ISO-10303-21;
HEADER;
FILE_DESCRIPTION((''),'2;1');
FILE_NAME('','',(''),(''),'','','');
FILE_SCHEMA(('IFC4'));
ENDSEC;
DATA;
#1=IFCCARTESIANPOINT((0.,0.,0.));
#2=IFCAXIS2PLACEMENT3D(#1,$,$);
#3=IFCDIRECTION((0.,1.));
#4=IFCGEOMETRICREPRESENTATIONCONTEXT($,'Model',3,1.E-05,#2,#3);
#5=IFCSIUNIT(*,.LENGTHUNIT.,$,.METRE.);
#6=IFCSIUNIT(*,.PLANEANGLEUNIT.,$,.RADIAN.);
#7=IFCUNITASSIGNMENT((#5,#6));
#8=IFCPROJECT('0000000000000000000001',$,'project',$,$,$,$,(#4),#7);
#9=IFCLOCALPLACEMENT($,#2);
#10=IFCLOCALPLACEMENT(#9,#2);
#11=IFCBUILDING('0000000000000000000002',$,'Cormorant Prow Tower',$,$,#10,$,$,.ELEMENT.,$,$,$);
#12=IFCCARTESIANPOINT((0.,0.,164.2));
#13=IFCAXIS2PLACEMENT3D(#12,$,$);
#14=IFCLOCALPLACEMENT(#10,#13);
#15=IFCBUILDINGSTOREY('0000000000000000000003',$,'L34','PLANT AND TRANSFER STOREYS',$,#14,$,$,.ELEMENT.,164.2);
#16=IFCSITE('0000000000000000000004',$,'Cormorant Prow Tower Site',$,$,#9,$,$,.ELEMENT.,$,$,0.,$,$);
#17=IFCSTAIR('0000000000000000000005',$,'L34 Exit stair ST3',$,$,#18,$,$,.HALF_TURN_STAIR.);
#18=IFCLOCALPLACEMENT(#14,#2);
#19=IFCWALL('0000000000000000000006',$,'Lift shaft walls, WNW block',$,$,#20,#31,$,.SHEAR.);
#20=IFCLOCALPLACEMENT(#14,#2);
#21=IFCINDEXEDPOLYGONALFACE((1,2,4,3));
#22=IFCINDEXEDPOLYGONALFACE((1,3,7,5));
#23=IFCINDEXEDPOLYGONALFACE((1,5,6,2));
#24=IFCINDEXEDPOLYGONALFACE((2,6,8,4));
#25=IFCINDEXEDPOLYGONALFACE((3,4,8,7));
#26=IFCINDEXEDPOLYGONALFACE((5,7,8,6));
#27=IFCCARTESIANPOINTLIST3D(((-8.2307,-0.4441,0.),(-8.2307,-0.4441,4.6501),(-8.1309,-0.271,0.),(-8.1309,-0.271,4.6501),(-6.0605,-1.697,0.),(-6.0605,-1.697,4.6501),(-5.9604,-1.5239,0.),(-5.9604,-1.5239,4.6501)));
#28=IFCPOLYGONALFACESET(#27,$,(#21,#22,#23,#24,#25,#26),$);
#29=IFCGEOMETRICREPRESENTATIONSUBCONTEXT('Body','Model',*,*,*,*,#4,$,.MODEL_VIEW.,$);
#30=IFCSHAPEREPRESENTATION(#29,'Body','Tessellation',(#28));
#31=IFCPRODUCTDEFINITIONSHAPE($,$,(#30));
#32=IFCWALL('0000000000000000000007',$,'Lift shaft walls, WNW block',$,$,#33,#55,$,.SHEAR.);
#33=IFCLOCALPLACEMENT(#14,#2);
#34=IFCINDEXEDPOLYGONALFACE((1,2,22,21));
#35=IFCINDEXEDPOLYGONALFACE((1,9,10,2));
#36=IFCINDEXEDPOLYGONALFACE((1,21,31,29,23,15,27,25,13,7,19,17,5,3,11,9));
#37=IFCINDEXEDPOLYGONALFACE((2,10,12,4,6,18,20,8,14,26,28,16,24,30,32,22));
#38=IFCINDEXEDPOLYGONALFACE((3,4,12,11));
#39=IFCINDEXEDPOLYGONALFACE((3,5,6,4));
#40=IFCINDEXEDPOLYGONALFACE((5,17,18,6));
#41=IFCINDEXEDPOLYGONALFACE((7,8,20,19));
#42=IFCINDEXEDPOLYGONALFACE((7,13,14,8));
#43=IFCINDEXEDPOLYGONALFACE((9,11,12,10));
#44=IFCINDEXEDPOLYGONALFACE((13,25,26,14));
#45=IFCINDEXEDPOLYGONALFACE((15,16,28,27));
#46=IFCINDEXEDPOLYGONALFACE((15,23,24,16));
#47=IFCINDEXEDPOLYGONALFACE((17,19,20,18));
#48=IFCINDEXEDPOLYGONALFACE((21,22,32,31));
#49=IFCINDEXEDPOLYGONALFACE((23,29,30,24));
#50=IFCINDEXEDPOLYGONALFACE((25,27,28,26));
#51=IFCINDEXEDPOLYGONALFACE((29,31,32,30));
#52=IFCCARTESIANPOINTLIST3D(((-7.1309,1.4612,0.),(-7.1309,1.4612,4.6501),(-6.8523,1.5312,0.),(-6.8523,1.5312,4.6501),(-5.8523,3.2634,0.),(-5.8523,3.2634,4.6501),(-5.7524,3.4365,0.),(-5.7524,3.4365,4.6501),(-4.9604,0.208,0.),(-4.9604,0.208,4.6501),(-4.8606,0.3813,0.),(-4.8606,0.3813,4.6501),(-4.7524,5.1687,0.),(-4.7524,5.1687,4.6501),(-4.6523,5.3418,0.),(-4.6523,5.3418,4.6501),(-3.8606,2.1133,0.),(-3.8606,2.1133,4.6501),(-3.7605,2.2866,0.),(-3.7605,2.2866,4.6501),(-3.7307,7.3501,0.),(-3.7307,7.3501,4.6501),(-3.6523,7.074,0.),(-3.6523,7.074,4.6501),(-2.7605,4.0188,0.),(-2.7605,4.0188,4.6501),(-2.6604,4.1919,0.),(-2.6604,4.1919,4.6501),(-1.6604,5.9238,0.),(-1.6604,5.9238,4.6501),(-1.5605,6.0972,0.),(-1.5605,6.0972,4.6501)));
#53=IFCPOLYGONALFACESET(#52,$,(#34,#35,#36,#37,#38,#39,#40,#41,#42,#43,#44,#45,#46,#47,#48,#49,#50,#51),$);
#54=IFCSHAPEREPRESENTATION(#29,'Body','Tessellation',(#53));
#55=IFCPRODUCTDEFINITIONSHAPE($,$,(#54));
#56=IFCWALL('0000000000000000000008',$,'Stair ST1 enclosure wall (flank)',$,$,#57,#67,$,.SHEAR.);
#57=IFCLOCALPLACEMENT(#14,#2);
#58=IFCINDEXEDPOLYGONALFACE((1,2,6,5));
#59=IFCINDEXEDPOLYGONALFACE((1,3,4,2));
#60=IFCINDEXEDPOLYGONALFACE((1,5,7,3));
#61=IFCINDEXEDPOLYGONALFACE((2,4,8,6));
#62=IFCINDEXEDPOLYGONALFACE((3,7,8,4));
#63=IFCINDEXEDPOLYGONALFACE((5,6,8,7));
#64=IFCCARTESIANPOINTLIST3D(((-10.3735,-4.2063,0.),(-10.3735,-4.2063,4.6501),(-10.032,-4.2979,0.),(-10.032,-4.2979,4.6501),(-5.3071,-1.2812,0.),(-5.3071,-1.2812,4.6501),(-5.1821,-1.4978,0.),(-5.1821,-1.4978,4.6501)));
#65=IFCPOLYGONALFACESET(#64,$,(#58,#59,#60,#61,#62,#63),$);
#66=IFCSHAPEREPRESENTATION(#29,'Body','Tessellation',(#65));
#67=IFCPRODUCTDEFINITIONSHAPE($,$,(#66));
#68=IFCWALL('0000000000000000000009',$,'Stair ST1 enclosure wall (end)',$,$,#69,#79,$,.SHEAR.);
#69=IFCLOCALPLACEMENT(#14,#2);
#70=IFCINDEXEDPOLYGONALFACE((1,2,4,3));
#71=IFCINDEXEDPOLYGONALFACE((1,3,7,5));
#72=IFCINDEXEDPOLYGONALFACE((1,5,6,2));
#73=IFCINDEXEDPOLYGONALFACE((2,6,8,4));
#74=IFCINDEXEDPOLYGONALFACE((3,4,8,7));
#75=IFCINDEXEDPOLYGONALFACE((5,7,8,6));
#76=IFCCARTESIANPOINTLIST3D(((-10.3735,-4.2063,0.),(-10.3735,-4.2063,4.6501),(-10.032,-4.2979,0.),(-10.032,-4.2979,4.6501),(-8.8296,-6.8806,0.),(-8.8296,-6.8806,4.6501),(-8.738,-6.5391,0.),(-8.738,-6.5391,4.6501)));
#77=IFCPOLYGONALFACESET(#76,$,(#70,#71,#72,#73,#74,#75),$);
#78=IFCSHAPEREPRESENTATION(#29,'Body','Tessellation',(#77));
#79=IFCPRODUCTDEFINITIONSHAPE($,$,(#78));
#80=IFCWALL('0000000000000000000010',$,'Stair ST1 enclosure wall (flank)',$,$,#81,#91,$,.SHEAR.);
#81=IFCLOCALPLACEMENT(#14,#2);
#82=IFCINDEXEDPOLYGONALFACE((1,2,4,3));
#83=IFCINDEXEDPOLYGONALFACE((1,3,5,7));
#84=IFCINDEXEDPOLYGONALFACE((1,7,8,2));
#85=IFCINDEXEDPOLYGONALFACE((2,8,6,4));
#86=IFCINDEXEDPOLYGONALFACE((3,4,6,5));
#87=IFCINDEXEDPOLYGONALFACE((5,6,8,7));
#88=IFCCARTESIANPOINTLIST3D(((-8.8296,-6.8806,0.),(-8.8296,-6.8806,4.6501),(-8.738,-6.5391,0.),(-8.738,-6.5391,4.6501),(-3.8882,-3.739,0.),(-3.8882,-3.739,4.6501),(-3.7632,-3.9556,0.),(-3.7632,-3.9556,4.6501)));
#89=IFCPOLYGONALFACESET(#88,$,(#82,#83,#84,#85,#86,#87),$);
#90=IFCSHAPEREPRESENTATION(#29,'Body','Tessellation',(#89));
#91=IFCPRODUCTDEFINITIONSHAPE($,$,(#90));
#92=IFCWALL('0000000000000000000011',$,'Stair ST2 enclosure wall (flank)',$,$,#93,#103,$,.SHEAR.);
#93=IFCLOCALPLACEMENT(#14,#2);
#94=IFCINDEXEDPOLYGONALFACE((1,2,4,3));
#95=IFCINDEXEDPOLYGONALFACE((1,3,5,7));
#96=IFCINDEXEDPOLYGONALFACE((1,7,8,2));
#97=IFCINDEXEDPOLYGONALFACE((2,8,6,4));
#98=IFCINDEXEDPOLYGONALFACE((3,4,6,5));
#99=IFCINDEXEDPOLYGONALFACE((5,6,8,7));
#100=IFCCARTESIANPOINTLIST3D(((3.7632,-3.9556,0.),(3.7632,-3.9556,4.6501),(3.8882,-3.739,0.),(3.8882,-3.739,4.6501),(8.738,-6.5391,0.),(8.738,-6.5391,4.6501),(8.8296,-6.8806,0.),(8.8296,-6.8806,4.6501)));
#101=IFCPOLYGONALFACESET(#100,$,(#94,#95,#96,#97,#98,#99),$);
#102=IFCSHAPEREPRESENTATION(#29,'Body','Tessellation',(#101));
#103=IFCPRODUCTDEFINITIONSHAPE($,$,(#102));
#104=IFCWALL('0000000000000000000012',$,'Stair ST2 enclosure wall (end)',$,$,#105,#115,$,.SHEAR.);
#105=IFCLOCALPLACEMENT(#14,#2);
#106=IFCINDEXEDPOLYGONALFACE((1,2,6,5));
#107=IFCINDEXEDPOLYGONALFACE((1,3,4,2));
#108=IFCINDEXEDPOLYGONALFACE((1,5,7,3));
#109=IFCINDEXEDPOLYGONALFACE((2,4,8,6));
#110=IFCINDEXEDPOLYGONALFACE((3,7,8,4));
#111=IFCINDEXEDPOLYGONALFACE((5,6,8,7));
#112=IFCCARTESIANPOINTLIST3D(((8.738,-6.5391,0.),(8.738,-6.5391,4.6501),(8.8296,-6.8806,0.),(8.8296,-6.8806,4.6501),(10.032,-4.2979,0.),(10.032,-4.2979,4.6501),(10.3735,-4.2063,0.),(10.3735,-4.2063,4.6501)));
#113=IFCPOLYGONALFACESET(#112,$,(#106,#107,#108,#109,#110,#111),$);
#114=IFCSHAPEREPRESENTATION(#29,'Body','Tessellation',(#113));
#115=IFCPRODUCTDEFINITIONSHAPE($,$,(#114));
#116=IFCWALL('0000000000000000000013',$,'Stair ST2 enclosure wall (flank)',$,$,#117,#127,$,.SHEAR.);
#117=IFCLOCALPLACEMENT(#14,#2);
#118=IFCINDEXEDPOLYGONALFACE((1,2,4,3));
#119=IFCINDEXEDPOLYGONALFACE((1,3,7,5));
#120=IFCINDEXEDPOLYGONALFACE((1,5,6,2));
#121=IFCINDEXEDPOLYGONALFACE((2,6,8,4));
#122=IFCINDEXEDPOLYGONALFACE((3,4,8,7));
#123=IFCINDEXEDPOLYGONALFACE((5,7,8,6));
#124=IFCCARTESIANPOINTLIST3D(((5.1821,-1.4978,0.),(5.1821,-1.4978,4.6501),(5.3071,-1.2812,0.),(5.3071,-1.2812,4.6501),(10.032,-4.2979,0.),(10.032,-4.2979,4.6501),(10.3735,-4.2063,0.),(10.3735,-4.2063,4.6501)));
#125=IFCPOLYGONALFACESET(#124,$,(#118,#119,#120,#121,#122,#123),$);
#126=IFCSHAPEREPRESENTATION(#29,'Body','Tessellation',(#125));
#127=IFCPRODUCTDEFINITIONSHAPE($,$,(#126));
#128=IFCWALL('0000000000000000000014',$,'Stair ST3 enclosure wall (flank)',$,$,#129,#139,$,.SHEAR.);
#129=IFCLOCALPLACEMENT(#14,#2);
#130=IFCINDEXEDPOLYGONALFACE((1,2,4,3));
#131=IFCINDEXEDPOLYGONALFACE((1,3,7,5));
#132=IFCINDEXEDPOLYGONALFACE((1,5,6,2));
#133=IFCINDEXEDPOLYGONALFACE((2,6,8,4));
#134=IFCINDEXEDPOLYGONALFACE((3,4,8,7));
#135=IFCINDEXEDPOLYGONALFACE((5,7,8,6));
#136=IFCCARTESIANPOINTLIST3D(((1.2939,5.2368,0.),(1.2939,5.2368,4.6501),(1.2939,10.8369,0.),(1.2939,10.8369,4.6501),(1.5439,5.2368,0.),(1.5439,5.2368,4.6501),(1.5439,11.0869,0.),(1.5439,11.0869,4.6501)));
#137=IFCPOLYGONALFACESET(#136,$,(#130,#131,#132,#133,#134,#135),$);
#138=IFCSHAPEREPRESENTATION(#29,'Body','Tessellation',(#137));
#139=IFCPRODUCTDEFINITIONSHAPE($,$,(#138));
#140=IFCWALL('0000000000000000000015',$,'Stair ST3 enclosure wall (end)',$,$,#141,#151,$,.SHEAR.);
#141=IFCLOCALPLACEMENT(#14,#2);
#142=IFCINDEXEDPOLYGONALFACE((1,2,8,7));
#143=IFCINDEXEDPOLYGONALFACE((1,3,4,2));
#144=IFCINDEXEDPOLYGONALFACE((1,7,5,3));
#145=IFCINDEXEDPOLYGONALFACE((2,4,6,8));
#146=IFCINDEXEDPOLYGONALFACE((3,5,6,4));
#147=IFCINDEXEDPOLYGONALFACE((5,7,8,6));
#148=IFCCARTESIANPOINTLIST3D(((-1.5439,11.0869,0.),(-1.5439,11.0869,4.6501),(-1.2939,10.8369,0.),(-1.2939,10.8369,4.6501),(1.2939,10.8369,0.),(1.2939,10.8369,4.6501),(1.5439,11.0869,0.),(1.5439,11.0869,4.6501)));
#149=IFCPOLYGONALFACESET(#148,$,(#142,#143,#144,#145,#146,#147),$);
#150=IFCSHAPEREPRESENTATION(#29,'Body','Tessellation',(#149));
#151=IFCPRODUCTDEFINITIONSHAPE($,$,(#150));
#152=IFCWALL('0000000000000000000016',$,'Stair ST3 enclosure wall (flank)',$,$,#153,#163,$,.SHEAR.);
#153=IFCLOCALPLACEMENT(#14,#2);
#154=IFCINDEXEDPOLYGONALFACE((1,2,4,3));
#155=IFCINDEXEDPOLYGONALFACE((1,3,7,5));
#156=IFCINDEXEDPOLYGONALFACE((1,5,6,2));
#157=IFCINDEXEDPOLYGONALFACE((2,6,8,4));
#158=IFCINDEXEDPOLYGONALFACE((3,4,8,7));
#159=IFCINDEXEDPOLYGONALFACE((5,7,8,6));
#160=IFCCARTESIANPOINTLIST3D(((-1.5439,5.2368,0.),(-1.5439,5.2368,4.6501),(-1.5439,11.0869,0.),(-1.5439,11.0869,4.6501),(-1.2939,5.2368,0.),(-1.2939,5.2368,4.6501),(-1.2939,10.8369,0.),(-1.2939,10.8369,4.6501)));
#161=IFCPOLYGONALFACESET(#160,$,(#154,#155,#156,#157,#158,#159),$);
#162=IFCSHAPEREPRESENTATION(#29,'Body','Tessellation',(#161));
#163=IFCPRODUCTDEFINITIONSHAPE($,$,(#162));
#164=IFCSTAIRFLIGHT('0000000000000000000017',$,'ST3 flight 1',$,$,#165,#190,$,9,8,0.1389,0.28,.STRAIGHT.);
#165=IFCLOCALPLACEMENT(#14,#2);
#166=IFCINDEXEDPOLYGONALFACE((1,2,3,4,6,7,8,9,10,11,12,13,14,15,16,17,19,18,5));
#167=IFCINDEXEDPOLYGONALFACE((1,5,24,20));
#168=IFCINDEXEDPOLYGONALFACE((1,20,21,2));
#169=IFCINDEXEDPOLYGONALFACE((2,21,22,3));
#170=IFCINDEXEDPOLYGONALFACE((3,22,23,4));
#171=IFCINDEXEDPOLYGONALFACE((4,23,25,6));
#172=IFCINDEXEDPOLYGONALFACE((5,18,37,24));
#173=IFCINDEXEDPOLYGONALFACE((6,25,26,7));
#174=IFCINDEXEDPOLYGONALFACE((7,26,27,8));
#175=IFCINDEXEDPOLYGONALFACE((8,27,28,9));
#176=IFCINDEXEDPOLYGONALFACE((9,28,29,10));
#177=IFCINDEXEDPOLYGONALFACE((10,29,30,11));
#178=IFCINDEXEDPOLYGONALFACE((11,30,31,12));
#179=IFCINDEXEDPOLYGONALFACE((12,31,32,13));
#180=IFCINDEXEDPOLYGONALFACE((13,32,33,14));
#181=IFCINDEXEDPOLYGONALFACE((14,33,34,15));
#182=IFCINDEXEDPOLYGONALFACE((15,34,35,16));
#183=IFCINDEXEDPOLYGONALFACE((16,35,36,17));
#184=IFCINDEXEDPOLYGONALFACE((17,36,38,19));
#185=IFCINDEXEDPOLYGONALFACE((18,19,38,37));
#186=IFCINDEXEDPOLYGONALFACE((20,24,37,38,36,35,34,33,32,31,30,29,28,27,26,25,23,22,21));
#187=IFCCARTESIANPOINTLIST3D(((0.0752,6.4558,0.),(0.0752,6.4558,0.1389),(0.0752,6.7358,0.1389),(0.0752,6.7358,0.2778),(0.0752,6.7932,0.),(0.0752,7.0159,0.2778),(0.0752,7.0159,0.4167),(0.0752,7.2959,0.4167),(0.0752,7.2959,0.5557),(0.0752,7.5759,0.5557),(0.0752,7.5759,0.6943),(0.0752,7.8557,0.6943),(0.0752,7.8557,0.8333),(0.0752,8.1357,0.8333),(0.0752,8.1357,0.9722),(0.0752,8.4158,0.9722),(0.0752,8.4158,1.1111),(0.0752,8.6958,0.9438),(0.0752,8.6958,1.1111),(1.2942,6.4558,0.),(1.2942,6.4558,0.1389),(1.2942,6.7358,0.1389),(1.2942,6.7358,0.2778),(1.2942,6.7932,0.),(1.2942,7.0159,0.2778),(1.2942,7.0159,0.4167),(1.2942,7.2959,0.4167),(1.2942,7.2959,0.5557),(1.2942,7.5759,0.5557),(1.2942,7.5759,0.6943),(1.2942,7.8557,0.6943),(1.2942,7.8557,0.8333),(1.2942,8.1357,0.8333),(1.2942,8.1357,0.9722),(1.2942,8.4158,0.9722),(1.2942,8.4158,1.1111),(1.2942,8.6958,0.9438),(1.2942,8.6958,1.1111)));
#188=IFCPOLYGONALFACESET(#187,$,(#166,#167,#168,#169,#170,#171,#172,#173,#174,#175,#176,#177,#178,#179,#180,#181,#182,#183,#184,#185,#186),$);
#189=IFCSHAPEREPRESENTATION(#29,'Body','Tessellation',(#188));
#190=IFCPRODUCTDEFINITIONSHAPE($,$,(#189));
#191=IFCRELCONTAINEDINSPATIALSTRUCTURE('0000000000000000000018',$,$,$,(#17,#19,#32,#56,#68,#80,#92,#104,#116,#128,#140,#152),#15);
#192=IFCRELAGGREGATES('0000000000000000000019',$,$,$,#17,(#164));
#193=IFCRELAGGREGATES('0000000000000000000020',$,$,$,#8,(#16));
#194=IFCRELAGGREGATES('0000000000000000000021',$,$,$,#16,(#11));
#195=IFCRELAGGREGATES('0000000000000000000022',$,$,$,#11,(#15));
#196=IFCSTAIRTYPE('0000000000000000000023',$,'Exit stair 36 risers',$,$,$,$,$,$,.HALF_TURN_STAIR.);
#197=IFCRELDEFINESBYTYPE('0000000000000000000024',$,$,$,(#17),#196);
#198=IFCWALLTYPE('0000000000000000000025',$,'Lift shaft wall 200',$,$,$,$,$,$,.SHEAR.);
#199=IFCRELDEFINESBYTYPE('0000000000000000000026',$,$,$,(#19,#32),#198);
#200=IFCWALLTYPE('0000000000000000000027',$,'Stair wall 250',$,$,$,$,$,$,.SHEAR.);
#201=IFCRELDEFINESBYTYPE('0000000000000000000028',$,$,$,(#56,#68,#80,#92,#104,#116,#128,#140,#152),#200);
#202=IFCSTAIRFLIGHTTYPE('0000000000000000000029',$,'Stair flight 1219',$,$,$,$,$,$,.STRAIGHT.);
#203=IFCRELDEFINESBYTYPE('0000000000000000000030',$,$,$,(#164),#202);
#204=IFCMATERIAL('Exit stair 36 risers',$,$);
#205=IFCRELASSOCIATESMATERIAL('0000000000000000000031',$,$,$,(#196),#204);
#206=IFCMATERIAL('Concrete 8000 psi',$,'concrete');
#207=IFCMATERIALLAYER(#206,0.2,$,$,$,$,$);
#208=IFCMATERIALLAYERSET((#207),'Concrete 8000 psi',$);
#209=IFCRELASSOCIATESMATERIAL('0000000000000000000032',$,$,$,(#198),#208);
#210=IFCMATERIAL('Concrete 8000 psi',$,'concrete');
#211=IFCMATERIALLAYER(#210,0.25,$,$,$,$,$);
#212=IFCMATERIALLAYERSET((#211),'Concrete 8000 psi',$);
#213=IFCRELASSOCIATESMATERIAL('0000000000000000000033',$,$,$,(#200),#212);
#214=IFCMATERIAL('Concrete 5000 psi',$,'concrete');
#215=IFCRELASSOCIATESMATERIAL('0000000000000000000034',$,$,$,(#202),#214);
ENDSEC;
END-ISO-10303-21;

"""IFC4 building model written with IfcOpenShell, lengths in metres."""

from ifc_helpers import new_model, si_unit, direction, frame, origin, place, context, subcontext, project, spatial, polyline, outline, extrude, material, layer, layer_set, type_object, element, aggregate, save


model = new_model("IFC4")

# Units and contexts
model_context = context("Model", 3, precision=1e-05, world=origin(), true_north=direction((0.0, 1.0)))
body_context = subcontext(model_context, "Body", "Model", "MODEL_VIEW")
ifc_project = project(units=[si_unit("LENGTHUNIT", "METRE"), si_unit("PLANEANGLEUNIT", "RADIAN")], contexts=[model_context])

# Site, building, storey
site_placement = place(None, origin())
site = spatial("IfcSite", under=ifc_project, at=site_placement, Name="Cormorant Prow Tower Site", CompositionType="ELEMENT", RefElevation=0.0)
building_placement = place(site_placement, origin())
building = spatial("IfcBuilding", under=site, at=building_placement, Name="Cormorant Prow Tower", CompositionType="ELEMENT")
storey_placement = place(building_placement, frame((0.0, 0.0, 164.2)))
storey = spatial("IfcBuildingStorey", under=building, at=storey_placement, Name="L34", Description="PLANT AND TRANSFER STOREYS", CompositionType="ELEMENT", Elevation=164.2)

# Stair
ifc_material_1 = material(Name="Exit stair 36 risers")
stair_type = type_object("IfcStairType", Name="Exit stair 36 risers", PredefinedType="HALF_TURN_STAIR", material=ifc_material_1)
stair_1_placement = place(storey_placement, origin())
stair_1 = element("IfcStair", 1, at=stair_1_placement, inside=storey, type_object=stair_type, Name="L34 Exit stair ST3", PredefinedType="HALF_TURN_STAIR")

# Walls
ifc_material_2 = material(Name="Concrete 8000 psi", Category="concrete")
ifc_layer_1 = layer(ifc_material_2, 0.2)
ifc_layer_set_1 = layer_set([ifc_layer_1], Name="Concrete 8000 psi")
wall_type_1 = type_object("IfcWallType", Name="Lift shaft wall 200", PredefinedType="SHEAR", material=ifc_layer_set_1)
wall_1_placement = place(storey_placement, origin())
element("IfcWall", 2, at=wall_1_placement, inside=storey, type_object=wall_type_1, Name="Lift shaft walls, WNW block", PredefinedType="SHEAR", context=body_context, shape_type="SweptSolid", body=[
    extrude(outline(polyline([(-6.0605, -1.697), (-8.2307, -0.4441), (-8.1309, -0.271), (-5.9604, -1.5239), (-6.0605, -1.697)])), origin(), (0.0, 0.0, 1.0), 4.6501),
])
wall_2_placement = place(storey_placement, origin())
element("IfcWall", 3, at=wall_2_placement, inside=storey, type_object=wall_type_1, Name="Lift shaft walls, WNW block", PredefinedType="SHEAR", context=body_context, shape_type="SweptSolid", body=[
    extrude(outline(polyline([(-4.9604, 0.208), (-7.1309, 1.4612), (-3.7307, 7.3501), (-1.5605, 6.0972), (-1.6604, 5.9238), (-3.6523, 7.074), (-4.6523, 5.3418), (-2.6604, 4.1919), (-2.7605, 4.0188), (-4.7524, 5.1687), (-5.7524, 3.4365), (-3.7605, 2.2866), (-3.8606, 2.1133), (-5.8523, 3.2634), (-6.8523, 1.5312), (-4.8606, 0.3813), (-4.9604, 0.208)])), origin(), (0.0, 0.0, 1.0), 4.6501),
])
ifc_material_3 = material(Name="Concrete 8000 psi", Category="concrete")
ifc_layer_2 = layer(ifc_material_3, 0.25)
ifc_layer_set_2 = layer_set([ifc_layer_2], Name="Concrete 8000 psi")
wall_type_2 = type_object("IfcWallType", Name="Stair wall 250", PredefinedType="SHEAR", material=ifc_layer_set_2)
wall_3_placement = place(storey_placement, origin())
element("IfcWall", 4, at=wall_3_placement, inside=storey, type_object=wall_type_2, Name="Stair ST1 enclosure wall (flank)", PredefinedType="SHEAR", context=body_context, shape_type="SweptSolid", body=[
    extrude(outline(polyline([(-5.3071, -1.2812), (-10.3735, -4.2063), (-10.032, -4.2979), (-5.1821, -1.4978), (-5.3071, -1.2812)])), origin(), (0.0, 0.0, 1.0), 4.6501),
])
wall_4_placement = place(storey_placement, origin())
element("IfcWall", 5, at=wall_4_placement, inside=storey, type_object=wall_type_2, Name="Stair ST1 enclosure wall (end)", PredefinedType="SHEAR", context=body_context, shape_type="SweptSolid", body=[
    extrude(outline(polyline([(-10.3735, -4.2063), (-8.8296, -6.8806), (-8.738, -6.5391), (-10.032, -4.2979), (-10.3735, -4.2063)])), origin(), (0.0, 0.0, 1.0), 4.6501),
])
wall_5_placement = place(storey_placement, origin())
element("IfcWall", 6, at=wall_5_placement, inside=storey, type_object=wall_type_2, Name="Stair ST1 enclosure wall (flank)", PredefinedType="SHEAR", context=body_context, shape_type="SweptSolid", body=[
    extrude(outline(polyline([(-8.738, -6.5391), (-8.8296, -6.8806), (-3.7632, -3.9556), (-3.8882, -3.739), (-8.738, -6.5391)])), origin(), (0.0, 0.0, 1.0), 4.6501),
])
wall_6_placement = place(storey_placement, origin())
element("IfcWall", 7, at=wall_6_placement, inside=storey, type_object=wall_type_2, Name="Stair ST2 enclosure wall (flank)", PredefinedType="SHEAR", context=body_context, shape_type="SweptSolid", body=[
    extrude(outline(polyline([(3.7632, -3.9556), (8.8296, -6.8806), (8.738, -6.5391), (3.8882, -3.739), (3.7632, -3.9556)])), origin(), (0.0, 0.0, 1.0), 4.6501),
])
wall_7_placement = place(storey_placement, origin())
element("IfcWall", 8, at=wall_7_placement, inside=storey, type_object=wall_type_2, Name="Stair ST2 enclosure wall (end)", PredefinedType="SHEAR", context=body_context, shape_type="SweptSolid", body=[
    extrude(outline(polyline([(8.8296, -6.8806), (10.3735, -4.2063), (10.032, -4.2979), (8.738, -6.5391), (8.8296, -6.8806)])), origin(), (0.0, 0.0, 1.0), 4.6501),
])
wall_8_placement = place(storey_placement, origin())
element("IfcWall", 9, at=wall_8_placement, inside=storey, type_object=wall_type_2, Name="Stair ST2 enclosure wall (flank)", PredefinedType="SHEAR", context=body_context, shape_type="SweptSolid", body=[
    extrude(outline(polyline([(10.032, -4.2979), (10.3735, -4.2063), (5.3071, -1.2812), (5.1821, -1.4978), (10.032, -4.2979)])), origin(), (0.0, 0.0, 1.0), 4.6501),
])
wall_9_placement = place(storey_placement, origin())
element("IfcWall", 10, at=wall_9_placement, inside=storey, type_object=wall_type_2, Name="Stair ST3 enclosure wall (flank)", PredefinedType="SHEAR", context=body_context, shape_type="SweptSolid", body=[
    extrude(outline(polyline([(1.5439, 5.2368), (1.5439, 11.0869), (1.2939, 10.8369), (1.2939, 5.2368), (1.5439, 5.2368)])), origin(), (0.0, 0.0, 1.0), 4.6501),
])
wall_10_placement = place(storey_placement, origin())
element("IfcWall", 11, at=wall_10_placement, inside=storey, type_object=wall_type_2, Name="Stair ST3 enclosure wall (end)", PredefinedType="SHEAR", context=body_context, shape_type="SweptSolid", body=[
    extrude(outline(polyline([(1.5439, 11.0869), (-1.5439, 11.0869), (-1.2939, 10.8369), (1.2939, 10.8369), (1.5439, 11.0869)])), origin(), (0.0, 0.0, 1.0), 4.6501),
])
wall_11_placement = place(storey_placement, origin())
element("IfcWall", 12, at=wall_11_placement, inside=storey, type_object=wall_type_2, Name="Stair ST3 enclosure wall (flank)", PredefinedType="SHEAR", context=body_context, shape_type="SweptSolid", body=[
    extrude(outline(polyline([(-1.2939, 10.8369), (-1.5439, 11.0869), (-1.5439, 5.2368), (-1.2939, 5.2368), (-1.2939, 10.8369)])), origin(), (0.0, 0.0, 1.0), 4.6501),
])

# Stair flight
ifc_material_4 = material(Name="Concrete 5000 psi", Category="concrete")
stair_flight_type = type_object("IfcStairFlightType", Name="Stair flight 1219", PredefinedType="STRAIGHT", material=ifc_material_4)
stair_flight_1_placement = place(storey_placement, frame((0.6846, 6.4558, 0.0), z_axis=(0.0, 0.0, 1.0), x_axis=(0.0, 1.0, 0.0)))
stair_flight_1 = element("IfcStairFlight", 13, at=stair_flight_1_placement, type_object=stair_flight_type, Name="ST3 flight 1", NumberOfRisers=9, NumberOfTreads=8, PredefinedType="STRAIGHT", RiserHeight=0.1389, TreadLength=0.28, context=body_context, shape_type="SweptSolid", body=[
    extrude(outline(polyline([(0.0, 0.0), (0.0, 0.1389), (0.28, 0.1389), (0.28, 0.2778), (0.5601, 0.2778), (0.5601, 0.4167), (0.8401, 0.4167), (0.8401, 0.5557), (1.1201, 0.5557), (1.1201, 0.6943), (1.3999, 0.6943), (1.3999, 0.8333), (1.6799, 0.8333), (1.6799, 0.9722), (1.96, 0.9722), (1.96, 1.1111), (2.24, 1.1111), (2.24, 1.25), (2.24, 0.9438), (0.3374, 0.0), (0.0, 0.0)])), frame((0.0, 0.6094, 0.0), z_axis=(0.0, -1.0, 0.0), x_axis=(1.0, 0.0, 0.0)), (0.0, 0.0, 1.0), 1.219),
])
aggregate(stair_1, [stair_flight_1])

save(model, "model.ifc")
